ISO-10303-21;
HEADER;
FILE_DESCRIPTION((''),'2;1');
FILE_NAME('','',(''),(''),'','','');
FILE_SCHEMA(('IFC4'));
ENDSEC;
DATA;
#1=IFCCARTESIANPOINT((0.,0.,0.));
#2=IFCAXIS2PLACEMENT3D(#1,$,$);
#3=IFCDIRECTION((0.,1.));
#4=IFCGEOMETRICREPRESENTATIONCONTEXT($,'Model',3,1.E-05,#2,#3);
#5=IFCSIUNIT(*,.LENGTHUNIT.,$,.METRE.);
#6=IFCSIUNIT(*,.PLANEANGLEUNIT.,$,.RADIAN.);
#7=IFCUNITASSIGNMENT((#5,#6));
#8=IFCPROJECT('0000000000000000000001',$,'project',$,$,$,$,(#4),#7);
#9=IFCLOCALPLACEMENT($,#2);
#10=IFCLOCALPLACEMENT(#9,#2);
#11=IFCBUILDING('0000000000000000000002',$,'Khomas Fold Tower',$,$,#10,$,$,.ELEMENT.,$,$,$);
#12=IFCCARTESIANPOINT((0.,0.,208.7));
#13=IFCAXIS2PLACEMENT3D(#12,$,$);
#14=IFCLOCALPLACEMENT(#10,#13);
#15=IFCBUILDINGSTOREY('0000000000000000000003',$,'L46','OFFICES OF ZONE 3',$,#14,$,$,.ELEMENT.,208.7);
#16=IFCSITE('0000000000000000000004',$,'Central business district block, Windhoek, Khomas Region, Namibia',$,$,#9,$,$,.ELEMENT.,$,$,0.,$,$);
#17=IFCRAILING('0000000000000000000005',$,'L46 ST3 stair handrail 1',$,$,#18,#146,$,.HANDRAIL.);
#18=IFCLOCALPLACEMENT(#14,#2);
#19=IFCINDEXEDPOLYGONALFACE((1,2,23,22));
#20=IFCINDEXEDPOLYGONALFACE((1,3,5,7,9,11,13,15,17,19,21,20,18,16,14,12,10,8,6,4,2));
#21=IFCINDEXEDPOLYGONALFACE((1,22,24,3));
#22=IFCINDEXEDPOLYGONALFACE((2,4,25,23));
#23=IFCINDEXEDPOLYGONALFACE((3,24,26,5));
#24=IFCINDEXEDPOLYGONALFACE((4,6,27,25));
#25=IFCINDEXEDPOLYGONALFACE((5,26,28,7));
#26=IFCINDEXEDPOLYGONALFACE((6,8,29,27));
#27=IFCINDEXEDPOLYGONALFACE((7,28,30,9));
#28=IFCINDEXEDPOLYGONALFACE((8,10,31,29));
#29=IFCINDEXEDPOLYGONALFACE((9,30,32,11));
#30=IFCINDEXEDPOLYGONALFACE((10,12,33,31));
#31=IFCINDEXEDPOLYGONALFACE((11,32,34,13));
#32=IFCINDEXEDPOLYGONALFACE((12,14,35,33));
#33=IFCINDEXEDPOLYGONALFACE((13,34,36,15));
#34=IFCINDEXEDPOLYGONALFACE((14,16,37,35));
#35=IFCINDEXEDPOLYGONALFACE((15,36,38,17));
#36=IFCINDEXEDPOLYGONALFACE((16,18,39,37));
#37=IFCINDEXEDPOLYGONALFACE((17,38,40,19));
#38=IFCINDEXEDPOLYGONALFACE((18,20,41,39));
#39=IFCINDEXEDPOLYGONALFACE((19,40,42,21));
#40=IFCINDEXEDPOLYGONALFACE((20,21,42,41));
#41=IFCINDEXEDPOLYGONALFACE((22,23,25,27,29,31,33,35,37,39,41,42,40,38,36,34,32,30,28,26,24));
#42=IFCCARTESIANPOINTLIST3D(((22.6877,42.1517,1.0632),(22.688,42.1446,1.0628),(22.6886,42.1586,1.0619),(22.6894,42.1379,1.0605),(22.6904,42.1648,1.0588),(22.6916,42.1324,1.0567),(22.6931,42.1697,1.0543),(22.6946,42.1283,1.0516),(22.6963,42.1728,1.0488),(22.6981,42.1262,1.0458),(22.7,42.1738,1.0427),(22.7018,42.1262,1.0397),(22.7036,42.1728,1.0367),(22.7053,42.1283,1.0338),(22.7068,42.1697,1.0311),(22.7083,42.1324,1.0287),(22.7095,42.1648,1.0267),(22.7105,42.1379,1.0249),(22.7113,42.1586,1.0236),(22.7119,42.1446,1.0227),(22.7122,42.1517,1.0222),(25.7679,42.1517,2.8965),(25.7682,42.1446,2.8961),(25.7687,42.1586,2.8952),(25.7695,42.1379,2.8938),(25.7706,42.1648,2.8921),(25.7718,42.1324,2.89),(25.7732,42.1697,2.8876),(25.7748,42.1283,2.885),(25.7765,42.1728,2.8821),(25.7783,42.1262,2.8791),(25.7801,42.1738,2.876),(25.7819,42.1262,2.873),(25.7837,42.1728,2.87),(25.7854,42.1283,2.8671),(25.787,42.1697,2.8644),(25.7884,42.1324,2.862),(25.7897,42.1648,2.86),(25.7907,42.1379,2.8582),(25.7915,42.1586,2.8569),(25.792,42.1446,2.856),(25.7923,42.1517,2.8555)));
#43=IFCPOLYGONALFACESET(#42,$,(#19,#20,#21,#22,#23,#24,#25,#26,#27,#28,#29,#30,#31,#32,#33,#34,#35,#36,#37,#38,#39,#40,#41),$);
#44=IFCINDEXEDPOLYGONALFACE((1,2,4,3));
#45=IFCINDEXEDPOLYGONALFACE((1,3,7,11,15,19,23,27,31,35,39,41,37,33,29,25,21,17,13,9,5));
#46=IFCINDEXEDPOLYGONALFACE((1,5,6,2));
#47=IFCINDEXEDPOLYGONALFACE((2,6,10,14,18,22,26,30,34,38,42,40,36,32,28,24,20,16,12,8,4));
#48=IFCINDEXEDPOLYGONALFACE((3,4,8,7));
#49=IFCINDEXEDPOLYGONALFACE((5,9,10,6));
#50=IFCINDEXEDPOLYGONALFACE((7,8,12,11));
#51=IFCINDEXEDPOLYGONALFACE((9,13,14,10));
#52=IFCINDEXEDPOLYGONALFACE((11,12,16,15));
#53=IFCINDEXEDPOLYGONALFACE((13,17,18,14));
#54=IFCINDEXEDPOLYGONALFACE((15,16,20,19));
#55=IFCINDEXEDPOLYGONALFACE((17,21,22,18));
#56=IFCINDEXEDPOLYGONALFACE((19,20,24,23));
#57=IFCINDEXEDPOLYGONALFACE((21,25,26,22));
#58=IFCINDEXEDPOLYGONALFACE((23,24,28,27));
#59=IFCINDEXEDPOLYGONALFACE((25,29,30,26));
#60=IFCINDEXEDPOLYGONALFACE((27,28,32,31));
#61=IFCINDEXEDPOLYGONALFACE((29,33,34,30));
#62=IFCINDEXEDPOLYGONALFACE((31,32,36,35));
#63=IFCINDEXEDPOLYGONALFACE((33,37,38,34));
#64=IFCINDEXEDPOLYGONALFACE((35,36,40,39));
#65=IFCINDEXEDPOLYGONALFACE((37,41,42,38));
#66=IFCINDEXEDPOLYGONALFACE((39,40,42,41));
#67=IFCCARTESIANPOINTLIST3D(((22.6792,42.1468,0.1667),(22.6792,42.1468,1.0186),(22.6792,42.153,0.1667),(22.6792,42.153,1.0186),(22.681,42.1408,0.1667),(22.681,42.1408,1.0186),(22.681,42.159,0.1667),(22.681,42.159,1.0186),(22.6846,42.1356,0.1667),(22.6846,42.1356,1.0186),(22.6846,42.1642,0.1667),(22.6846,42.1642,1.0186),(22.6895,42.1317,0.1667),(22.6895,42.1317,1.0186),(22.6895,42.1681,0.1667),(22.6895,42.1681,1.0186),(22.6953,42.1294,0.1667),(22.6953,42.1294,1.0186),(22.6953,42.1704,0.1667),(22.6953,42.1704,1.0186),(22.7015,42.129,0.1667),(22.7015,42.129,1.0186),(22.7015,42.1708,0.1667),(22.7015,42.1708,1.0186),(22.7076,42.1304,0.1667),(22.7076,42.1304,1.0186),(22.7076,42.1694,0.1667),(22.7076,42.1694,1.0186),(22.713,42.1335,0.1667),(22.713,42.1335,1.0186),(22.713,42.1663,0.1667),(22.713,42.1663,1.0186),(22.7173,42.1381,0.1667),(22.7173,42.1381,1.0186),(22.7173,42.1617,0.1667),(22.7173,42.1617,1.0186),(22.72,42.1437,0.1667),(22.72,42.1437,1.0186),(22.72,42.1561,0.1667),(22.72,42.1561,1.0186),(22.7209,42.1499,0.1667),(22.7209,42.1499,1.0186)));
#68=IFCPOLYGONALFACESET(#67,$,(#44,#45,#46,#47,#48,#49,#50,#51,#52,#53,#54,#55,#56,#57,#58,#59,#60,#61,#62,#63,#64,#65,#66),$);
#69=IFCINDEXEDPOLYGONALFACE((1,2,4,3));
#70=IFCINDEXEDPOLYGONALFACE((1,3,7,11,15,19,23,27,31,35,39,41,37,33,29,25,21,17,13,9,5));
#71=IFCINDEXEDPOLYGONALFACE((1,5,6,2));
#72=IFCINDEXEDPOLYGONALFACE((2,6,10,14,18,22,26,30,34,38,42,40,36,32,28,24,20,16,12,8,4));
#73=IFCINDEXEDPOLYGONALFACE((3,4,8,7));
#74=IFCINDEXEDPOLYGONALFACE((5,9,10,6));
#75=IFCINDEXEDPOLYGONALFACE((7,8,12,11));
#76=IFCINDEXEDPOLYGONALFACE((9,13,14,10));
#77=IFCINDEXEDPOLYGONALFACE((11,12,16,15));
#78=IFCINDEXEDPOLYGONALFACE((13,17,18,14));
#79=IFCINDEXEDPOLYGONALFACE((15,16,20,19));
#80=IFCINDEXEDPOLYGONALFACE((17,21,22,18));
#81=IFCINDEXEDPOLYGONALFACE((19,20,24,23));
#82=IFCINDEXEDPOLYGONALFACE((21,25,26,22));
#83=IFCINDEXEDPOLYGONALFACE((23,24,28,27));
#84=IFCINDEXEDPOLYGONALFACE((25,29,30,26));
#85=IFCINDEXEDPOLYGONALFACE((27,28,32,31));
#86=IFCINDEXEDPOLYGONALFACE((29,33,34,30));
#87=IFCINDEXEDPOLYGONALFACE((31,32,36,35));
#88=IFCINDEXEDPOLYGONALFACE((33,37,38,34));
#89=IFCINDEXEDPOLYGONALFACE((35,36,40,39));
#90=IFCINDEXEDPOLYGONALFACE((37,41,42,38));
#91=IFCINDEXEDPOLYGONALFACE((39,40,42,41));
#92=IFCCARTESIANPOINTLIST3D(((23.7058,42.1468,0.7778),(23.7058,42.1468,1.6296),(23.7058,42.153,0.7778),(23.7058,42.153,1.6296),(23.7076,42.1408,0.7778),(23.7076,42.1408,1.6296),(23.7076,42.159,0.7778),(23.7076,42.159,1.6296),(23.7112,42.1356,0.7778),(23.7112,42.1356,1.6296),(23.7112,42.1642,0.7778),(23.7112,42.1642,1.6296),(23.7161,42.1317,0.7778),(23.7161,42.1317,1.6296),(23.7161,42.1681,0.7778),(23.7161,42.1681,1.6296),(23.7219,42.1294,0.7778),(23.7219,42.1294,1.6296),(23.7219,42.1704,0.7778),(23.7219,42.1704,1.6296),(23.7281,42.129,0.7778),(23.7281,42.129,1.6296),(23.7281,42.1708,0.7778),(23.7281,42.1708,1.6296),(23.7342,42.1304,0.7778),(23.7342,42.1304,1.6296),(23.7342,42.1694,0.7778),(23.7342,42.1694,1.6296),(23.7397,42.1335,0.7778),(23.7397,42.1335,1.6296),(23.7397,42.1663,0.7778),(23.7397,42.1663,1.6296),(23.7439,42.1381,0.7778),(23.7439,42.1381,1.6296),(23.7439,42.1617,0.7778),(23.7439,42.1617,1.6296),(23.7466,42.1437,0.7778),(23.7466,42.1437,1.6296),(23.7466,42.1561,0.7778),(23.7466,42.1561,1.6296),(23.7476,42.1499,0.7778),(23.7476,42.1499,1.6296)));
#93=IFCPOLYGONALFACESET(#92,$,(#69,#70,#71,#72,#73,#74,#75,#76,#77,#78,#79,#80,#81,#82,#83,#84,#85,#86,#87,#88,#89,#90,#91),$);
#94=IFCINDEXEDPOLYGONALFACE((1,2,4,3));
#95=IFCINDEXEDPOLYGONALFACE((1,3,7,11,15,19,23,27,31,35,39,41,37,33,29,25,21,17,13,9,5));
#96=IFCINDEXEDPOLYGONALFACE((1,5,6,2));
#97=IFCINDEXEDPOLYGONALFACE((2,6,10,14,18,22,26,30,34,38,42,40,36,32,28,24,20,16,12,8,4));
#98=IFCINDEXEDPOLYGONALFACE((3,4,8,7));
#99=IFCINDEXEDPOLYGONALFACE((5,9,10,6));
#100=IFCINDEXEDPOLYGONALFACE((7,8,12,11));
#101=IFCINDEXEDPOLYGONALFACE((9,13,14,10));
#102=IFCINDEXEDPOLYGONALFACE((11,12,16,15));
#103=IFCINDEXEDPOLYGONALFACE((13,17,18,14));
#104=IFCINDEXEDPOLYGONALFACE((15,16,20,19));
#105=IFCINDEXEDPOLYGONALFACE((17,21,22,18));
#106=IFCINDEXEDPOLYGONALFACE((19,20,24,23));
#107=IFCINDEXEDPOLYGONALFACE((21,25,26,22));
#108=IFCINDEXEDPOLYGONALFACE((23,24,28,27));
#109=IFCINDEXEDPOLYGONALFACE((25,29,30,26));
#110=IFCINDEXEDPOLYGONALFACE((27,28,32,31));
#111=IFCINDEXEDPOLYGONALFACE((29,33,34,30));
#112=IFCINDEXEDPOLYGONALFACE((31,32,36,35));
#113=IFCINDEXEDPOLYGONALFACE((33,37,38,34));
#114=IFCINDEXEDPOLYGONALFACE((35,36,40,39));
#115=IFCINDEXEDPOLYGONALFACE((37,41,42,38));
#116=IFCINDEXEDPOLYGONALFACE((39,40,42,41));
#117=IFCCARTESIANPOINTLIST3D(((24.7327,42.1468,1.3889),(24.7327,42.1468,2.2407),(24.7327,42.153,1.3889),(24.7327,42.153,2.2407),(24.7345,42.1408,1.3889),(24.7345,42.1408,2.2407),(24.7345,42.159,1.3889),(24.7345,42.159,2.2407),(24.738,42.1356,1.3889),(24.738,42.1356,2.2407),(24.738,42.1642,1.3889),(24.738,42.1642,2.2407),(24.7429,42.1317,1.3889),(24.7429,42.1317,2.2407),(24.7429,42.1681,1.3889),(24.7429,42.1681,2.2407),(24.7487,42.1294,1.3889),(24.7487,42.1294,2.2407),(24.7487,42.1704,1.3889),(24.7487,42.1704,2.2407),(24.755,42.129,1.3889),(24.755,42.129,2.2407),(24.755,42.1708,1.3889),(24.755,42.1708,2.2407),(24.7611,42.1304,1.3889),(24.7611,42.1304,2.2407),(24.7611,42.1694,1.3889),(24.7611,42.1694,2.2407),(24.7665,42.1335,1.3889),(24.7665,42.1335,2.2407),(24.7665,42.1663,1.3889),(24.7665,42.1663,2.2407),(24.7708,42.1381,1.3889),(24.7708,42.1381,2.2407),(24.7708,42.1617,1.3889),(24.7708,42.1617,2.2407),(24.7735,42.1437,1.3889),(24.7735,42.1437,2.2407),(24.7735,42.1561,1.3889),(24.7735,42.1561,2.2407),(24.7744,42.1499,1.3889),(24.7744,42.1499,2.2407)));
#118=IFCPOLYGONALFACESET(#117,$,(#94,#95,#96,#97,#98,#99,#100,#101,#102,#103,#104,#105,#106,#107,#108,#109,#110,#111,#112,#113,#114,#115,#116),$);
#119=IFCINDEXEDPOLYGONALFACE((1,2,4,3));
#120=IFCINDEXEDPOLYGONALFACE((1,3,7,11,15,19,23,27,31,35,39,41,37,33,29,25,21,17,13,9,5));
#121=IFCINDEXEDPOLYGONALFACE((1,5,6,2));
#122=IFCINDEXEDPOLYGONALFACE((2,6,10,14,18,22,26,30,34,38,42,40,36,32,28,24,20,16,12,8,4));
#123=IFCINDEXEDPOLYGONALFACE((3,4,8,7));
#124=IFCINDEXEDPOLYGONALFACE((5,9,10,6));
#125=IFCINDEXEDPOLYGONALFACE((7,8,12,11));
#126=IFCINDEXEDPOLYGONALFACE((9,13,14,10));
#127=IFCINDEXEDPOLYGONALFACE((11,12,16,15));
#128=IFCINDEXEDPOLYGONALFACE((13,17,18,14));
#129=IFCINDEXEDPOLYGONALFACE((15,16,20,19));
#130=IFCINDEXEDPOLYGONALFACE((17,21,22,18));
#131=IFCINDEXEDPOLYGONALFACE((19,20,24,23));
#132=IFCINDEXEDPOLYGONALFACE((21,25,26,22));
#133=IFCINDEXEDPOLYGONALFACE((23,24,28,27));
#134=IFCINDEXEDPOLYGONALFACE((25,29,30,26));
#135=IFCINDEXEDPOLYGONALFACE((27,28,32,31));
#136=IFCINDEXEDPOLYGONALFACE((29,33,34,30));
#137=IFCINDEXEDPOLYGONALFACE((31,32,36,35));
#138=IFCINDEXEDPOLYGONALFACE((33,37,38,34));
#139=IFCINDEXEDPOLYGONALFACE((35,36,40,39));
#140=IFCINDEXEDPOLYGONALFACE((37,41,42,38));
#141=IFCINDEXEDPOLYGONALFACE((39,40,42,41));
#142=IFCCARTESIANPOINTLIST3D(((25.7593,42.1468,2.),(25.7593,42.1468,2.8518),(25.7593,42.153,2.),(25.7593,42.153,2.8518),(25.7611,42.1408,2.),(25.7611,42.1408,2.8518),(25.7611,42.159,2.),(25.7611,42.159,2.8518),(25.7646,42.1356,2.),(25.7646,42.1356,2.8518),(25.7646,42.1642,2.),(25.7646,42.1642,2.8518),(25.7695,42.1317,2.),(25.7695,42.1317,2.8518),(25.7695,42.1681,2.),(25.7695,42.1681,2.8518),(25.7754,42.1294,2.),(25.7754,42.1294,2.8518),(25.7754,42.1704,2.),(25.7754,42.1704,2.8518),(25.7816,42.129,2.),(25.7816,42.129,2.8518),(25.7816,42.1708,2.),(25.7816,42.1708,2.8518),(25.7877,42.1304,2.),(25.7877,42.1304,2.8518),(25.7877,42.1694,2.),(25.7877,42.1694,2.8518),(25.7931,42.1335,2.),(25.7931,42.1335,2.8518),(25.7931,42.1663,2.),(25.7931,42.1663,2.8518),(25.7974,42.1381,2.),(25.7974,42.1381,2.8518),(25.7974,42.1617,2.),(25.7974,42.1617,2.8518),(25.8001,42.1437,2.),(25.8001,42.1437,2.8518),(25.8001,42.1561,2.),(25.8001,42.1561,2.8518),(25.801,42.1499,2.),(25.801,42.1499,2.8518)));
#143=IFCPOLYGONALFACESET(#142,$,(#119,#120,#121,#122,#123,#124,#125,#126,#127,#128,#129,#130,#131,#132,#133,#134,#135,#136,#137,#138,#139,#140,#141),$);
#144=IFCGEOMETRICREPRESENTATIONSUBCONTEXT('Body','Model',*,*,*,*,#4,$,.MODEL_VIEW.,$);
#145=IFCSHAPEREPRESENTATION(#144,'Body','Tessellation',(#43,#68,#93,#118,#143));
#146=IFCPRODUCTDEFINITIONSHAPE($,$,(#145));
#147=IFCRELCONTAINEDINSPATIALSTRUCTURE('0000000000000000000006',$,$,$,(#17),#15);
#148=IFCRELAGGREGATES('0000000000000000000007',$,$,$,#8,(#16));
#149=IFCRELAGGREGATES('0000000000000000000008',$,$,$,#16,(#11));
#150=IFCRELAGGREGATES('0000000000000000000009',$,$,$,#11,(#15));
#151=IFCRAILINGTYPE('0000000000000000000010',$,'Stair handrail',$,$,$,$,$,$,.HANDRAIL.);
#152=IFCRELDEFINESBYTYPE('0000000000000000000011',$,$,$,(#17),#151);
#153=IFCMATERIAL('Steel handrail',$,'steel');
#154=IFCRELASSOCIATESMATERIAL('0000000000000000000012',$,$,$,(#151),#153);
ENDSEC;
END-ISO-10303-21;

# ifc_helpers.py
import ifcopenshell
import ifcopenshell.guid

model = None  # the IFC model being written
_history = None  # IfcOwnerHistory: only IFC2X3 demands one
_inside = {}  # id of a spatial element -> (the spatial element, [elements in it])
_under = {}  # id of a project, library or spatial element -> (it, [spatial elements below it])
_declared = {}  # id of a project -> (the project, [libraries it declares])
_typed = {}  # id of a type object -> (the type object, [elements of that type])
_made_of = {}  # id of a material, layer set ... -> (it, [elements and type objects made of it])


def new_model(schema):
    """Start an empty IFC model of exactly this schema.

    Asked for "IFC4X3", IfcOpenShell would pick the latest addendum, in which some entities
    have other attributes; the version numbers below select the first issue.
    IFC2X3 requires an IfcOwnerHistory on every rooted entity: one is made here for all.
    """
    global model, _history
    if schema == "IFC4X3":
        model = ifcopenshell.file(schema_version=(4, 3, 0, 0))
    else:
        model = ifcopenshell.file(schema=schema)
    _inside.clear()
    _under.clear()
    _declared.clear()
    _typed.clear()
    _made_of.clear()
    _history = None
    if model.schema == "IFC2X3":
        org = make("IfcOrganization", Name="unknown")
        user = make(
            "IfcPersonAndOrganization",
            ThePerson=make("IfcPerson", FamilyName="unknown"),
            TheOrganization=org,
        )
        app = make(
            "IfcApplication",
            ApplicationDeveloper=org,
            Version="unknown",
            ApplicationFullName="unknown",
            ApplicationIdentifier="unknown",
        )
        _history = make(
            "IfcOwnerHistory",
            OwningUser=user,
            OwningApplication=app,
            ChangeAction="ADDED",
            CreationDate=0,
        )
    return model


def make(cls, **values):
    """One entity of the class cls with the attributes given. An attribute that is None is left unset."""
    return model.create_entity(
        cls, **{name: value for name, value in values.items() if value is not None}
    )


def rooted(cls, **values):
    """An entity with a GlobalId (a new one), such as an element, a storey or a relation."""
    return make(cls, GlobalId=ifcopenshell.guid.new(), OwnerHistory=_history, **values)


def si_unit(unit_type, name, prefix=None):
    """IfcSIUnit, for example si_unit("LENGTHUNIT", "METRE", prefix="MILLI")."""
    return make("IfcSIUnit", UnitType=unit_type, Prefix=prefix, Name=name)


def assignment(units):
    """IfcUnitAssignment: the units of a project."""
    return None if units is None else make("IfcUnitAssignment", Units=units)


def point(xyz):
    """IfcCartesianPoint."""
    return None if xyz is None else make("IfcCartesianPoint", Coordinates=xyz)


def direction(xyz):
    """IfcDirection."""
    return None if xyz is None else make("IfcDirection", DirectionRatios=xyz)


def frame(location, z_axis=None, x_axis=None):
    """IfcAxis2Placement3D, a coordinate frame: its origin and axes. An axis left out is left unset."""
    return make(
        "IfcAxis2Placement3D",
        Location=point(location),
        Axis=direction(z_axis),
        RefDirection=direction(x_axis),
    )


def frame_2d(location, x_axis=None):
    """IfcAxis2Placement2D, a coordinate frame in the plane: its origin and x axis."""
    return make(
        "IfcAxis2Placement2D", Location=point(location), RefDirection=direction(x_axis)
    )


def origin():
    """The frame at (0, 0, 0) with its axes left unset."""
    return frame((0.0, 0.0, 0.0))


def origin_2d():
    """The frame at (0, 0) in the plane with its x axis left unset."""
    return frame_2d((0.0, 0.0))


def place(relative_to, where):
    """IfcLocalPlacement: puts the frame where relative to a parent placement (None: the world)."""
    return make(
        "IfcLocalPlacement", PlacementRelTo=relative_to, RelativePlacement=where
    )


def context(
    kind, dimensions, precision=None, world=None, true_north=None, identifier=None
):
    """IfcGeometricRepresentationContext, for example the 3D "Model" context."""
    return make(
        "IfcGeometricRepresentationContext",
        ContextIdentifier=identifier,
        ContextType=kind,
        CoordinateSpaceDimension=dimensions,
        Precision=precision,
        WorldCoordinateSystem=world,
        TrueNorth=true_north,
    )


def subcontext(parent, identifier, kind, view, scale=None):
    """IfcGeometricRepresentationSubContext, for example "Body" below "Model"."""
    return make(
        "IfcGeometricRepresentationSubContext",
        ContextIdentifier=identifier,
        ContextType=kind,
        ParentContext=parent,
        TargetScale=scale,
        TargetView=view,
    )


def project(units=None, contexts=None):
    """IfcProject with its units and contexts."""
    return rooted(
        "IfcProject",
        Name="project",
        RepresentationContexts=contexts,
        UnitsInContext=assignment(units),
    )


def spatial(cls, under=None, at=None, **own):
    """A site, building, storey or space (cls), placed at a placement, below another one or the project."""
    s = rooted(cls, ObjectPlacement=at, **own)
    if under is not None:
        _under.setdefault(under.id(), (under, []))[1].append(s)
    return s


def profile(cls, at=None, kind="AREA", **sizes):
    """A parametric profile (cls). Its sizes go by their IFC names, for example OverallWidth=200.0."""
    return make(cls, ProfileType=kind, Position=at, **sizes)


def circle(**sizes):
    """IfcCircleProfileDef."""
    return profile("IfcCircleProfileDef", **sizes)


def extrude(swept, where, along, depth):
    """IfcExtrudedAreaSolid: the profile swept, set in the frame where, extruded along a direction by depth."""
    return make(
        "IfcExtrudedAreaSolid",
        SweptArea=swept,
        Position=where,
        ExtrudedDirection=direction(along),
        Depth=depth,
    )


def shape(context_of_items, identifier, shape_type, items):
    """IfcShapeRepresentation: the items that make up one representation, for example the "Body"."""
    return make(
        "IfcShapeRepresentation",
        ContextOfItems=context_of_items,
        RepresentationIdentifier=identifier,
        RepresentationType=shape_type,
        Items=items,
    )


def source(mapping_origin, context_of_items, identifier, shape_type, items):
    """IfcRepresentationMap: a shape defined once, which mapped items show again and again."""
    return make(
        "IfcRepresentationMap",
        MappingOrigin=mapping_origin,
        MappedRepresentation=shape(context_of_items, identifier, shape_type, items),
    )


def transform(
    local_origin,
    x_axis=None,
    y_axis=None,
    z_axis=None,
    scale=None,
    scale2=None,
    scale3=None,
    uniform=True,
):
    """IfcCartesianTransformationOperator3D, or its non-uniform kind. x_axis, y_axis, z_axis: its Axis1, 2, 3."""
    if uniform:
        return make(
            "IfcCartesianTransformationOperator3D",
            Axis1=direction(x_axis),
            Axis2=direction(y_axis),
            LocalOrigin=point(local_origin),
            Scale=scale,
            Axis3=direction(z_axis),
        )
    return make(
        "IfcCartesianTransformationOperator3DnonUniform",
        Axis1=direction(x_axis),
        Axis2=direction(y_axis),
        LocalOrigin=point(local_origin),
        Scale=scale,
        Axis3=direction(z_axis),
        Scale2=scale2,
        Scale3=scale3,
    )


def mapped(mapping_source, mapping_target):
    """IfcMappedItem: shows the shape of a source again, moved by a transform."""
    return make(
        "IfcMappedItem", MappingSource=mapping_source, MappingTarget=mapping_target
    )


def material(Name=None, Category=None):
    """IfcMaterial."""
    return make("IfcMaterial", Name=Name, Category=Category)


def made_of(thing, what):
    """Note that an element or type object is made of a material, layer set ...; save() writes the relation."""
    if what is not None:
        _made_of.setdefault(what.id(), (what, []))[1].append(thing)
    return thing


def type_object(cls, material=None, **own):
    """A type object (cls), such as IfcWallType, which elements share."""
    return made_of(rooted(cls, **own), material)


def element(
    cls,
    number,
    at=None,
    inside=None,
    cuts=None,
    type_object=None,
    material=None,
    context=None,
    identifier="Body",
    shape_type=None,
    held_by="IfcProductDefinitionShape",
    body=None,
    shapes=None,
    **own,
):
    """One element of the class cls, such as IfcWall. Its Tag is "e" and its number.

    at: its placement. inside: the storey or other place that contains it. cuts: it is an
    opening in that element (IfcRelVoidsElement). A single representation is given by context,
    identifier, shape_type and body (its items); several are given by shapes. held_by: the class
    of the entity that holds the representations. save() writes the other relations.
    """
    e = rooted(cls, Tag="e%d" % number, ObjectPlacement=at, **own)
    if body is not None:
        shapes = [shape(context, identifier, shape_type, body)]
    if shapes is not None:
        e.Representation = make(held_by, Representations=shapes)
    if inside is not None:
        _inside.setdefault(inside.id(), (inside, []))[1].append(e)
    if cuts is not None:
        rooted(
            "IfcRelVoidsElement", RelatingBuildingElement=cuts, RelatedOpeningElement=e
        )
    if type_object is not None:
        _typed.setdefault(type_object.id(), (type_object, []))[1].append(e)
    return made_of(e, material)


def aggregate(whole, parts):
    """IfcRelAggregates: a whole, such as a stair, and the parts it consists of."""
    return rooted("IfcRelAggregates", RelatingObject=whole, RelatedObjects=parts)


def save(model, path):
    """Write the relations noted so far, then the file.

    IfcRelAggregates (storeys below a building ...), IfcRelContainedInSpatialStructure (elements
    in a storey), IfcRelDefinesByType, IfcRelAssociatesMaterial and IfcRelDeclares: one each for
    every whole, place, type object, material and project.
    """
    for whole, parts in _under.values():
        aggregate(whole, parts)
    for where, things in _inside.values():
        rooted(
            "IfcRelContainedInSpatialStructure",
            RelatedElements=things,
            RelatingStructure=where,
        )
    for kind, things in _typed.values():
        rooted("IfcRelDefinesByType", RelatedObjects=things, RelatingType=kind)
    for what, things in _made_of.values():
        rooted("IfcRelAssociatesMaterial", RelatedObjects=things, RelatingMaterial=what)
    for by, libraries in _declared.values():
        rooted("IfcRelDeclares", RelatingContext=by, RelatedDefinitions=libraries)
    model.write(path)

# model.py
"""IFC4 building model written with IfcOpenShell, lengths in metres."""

from ifc_helpers import new_model, si_unit, direction, frame, origin, origin_2d, place, context, subcontext, project, spatial, circle, extrude, source, transform, mapped, material, type_object, element, save


model = new_model("IFC4")

# Units and contexts
model_context = context("Model", 3, precision=1e-05, world=origin(), true_north=direction((0.0, 1.0)))
body_context = subcontext(model_context, "Body", "Model", "MODEL_VIEW")
ifc_project = project(units=[si_unit("LENGTHUNIT", "METRE"), si_unit("PLANEANGLEUNIT", "RADIAN")], contexts=[model_context])

# Site, building, storey
site_placement = place(None, origin())
site = spatial("IfcSite", under=ifc_project, at=site_placement, Name="Central business district block, Windhoek, Khomas Region, Namibia", CompositionType="ELEMENT", RefElevation=0.0)
building_placement = place(site_placement, origin())
building = spatial("IfcBuilding", under=site, at=building_placement, Name="Khomas Fold Tower", CompositionType="ELEMENT")
storey_placement = place(building_placement, frame((0.0, 0.0, 208.7)))
storey = spatial("IfcBuildingStorey", under=building, at=storey_placement, Name="L46", Description="OFFICES OF ZONE 3", CompositionType="ELEMENT", Elevation=208.7)

# Railing
ifc_material_1 = material(Name="Steel handrail", Category="steel")
railing_type_1 = type_object("IfcRailingType", Name="Stair handrail", PredefinedType="HANDRAIL", material=ifc_material_1)
shared_shape_1 = source(origin(), body_context, "Body", "SweptSolid", [
    extrude(circle(Radius=0.0239, at=origin_2d()), frame((0.0, 0.0, 0.876), z_axis=(0.859309, 0.0, 0.511458), x_axis=(0.0, 1.0, 0.0)), (0.0, 0.0, 1.0), 3.5845),
    extrude(circle(Radius=0.021, at=origin_2d()), origin(), (0.0, 0.0, 1.0), 0.8518),
    extrude(circle(Radius=0.021, at=origin_2d()), frame((1.0266, 0.0, 0.6111)), (0.0, 0.0, 1.0), 0.8518),
    extrude(circle(Radius=0.021, at=origin_2d()), frame((2.0535, 0.0, 1.2222)), (0.0, 0.0, 1.0), 0.8518),
    extrude(circle(Radius=0.021, at=origin_2d()), frame((3.0801, 0.0, 1.8333)), (0.0, 0.0, 1.0), 0.8518),
])
railing_1_placement = place(storey_placement, frame((22.7, 42.1499, 0.1667)))
element("IfcRailing", 1, at=railing_1_placement, inside=storey, type_object=railing_type_1, Name="L46 ST3 stair handrail 1", PredefinedType="HANDRAIL", context=body_context, shape_type="MappedRepresentation", body=[
    mapped(shared_shape_1, transform((0.0, 0.0, 0.0))),
])

save(model, "model.ifc")
